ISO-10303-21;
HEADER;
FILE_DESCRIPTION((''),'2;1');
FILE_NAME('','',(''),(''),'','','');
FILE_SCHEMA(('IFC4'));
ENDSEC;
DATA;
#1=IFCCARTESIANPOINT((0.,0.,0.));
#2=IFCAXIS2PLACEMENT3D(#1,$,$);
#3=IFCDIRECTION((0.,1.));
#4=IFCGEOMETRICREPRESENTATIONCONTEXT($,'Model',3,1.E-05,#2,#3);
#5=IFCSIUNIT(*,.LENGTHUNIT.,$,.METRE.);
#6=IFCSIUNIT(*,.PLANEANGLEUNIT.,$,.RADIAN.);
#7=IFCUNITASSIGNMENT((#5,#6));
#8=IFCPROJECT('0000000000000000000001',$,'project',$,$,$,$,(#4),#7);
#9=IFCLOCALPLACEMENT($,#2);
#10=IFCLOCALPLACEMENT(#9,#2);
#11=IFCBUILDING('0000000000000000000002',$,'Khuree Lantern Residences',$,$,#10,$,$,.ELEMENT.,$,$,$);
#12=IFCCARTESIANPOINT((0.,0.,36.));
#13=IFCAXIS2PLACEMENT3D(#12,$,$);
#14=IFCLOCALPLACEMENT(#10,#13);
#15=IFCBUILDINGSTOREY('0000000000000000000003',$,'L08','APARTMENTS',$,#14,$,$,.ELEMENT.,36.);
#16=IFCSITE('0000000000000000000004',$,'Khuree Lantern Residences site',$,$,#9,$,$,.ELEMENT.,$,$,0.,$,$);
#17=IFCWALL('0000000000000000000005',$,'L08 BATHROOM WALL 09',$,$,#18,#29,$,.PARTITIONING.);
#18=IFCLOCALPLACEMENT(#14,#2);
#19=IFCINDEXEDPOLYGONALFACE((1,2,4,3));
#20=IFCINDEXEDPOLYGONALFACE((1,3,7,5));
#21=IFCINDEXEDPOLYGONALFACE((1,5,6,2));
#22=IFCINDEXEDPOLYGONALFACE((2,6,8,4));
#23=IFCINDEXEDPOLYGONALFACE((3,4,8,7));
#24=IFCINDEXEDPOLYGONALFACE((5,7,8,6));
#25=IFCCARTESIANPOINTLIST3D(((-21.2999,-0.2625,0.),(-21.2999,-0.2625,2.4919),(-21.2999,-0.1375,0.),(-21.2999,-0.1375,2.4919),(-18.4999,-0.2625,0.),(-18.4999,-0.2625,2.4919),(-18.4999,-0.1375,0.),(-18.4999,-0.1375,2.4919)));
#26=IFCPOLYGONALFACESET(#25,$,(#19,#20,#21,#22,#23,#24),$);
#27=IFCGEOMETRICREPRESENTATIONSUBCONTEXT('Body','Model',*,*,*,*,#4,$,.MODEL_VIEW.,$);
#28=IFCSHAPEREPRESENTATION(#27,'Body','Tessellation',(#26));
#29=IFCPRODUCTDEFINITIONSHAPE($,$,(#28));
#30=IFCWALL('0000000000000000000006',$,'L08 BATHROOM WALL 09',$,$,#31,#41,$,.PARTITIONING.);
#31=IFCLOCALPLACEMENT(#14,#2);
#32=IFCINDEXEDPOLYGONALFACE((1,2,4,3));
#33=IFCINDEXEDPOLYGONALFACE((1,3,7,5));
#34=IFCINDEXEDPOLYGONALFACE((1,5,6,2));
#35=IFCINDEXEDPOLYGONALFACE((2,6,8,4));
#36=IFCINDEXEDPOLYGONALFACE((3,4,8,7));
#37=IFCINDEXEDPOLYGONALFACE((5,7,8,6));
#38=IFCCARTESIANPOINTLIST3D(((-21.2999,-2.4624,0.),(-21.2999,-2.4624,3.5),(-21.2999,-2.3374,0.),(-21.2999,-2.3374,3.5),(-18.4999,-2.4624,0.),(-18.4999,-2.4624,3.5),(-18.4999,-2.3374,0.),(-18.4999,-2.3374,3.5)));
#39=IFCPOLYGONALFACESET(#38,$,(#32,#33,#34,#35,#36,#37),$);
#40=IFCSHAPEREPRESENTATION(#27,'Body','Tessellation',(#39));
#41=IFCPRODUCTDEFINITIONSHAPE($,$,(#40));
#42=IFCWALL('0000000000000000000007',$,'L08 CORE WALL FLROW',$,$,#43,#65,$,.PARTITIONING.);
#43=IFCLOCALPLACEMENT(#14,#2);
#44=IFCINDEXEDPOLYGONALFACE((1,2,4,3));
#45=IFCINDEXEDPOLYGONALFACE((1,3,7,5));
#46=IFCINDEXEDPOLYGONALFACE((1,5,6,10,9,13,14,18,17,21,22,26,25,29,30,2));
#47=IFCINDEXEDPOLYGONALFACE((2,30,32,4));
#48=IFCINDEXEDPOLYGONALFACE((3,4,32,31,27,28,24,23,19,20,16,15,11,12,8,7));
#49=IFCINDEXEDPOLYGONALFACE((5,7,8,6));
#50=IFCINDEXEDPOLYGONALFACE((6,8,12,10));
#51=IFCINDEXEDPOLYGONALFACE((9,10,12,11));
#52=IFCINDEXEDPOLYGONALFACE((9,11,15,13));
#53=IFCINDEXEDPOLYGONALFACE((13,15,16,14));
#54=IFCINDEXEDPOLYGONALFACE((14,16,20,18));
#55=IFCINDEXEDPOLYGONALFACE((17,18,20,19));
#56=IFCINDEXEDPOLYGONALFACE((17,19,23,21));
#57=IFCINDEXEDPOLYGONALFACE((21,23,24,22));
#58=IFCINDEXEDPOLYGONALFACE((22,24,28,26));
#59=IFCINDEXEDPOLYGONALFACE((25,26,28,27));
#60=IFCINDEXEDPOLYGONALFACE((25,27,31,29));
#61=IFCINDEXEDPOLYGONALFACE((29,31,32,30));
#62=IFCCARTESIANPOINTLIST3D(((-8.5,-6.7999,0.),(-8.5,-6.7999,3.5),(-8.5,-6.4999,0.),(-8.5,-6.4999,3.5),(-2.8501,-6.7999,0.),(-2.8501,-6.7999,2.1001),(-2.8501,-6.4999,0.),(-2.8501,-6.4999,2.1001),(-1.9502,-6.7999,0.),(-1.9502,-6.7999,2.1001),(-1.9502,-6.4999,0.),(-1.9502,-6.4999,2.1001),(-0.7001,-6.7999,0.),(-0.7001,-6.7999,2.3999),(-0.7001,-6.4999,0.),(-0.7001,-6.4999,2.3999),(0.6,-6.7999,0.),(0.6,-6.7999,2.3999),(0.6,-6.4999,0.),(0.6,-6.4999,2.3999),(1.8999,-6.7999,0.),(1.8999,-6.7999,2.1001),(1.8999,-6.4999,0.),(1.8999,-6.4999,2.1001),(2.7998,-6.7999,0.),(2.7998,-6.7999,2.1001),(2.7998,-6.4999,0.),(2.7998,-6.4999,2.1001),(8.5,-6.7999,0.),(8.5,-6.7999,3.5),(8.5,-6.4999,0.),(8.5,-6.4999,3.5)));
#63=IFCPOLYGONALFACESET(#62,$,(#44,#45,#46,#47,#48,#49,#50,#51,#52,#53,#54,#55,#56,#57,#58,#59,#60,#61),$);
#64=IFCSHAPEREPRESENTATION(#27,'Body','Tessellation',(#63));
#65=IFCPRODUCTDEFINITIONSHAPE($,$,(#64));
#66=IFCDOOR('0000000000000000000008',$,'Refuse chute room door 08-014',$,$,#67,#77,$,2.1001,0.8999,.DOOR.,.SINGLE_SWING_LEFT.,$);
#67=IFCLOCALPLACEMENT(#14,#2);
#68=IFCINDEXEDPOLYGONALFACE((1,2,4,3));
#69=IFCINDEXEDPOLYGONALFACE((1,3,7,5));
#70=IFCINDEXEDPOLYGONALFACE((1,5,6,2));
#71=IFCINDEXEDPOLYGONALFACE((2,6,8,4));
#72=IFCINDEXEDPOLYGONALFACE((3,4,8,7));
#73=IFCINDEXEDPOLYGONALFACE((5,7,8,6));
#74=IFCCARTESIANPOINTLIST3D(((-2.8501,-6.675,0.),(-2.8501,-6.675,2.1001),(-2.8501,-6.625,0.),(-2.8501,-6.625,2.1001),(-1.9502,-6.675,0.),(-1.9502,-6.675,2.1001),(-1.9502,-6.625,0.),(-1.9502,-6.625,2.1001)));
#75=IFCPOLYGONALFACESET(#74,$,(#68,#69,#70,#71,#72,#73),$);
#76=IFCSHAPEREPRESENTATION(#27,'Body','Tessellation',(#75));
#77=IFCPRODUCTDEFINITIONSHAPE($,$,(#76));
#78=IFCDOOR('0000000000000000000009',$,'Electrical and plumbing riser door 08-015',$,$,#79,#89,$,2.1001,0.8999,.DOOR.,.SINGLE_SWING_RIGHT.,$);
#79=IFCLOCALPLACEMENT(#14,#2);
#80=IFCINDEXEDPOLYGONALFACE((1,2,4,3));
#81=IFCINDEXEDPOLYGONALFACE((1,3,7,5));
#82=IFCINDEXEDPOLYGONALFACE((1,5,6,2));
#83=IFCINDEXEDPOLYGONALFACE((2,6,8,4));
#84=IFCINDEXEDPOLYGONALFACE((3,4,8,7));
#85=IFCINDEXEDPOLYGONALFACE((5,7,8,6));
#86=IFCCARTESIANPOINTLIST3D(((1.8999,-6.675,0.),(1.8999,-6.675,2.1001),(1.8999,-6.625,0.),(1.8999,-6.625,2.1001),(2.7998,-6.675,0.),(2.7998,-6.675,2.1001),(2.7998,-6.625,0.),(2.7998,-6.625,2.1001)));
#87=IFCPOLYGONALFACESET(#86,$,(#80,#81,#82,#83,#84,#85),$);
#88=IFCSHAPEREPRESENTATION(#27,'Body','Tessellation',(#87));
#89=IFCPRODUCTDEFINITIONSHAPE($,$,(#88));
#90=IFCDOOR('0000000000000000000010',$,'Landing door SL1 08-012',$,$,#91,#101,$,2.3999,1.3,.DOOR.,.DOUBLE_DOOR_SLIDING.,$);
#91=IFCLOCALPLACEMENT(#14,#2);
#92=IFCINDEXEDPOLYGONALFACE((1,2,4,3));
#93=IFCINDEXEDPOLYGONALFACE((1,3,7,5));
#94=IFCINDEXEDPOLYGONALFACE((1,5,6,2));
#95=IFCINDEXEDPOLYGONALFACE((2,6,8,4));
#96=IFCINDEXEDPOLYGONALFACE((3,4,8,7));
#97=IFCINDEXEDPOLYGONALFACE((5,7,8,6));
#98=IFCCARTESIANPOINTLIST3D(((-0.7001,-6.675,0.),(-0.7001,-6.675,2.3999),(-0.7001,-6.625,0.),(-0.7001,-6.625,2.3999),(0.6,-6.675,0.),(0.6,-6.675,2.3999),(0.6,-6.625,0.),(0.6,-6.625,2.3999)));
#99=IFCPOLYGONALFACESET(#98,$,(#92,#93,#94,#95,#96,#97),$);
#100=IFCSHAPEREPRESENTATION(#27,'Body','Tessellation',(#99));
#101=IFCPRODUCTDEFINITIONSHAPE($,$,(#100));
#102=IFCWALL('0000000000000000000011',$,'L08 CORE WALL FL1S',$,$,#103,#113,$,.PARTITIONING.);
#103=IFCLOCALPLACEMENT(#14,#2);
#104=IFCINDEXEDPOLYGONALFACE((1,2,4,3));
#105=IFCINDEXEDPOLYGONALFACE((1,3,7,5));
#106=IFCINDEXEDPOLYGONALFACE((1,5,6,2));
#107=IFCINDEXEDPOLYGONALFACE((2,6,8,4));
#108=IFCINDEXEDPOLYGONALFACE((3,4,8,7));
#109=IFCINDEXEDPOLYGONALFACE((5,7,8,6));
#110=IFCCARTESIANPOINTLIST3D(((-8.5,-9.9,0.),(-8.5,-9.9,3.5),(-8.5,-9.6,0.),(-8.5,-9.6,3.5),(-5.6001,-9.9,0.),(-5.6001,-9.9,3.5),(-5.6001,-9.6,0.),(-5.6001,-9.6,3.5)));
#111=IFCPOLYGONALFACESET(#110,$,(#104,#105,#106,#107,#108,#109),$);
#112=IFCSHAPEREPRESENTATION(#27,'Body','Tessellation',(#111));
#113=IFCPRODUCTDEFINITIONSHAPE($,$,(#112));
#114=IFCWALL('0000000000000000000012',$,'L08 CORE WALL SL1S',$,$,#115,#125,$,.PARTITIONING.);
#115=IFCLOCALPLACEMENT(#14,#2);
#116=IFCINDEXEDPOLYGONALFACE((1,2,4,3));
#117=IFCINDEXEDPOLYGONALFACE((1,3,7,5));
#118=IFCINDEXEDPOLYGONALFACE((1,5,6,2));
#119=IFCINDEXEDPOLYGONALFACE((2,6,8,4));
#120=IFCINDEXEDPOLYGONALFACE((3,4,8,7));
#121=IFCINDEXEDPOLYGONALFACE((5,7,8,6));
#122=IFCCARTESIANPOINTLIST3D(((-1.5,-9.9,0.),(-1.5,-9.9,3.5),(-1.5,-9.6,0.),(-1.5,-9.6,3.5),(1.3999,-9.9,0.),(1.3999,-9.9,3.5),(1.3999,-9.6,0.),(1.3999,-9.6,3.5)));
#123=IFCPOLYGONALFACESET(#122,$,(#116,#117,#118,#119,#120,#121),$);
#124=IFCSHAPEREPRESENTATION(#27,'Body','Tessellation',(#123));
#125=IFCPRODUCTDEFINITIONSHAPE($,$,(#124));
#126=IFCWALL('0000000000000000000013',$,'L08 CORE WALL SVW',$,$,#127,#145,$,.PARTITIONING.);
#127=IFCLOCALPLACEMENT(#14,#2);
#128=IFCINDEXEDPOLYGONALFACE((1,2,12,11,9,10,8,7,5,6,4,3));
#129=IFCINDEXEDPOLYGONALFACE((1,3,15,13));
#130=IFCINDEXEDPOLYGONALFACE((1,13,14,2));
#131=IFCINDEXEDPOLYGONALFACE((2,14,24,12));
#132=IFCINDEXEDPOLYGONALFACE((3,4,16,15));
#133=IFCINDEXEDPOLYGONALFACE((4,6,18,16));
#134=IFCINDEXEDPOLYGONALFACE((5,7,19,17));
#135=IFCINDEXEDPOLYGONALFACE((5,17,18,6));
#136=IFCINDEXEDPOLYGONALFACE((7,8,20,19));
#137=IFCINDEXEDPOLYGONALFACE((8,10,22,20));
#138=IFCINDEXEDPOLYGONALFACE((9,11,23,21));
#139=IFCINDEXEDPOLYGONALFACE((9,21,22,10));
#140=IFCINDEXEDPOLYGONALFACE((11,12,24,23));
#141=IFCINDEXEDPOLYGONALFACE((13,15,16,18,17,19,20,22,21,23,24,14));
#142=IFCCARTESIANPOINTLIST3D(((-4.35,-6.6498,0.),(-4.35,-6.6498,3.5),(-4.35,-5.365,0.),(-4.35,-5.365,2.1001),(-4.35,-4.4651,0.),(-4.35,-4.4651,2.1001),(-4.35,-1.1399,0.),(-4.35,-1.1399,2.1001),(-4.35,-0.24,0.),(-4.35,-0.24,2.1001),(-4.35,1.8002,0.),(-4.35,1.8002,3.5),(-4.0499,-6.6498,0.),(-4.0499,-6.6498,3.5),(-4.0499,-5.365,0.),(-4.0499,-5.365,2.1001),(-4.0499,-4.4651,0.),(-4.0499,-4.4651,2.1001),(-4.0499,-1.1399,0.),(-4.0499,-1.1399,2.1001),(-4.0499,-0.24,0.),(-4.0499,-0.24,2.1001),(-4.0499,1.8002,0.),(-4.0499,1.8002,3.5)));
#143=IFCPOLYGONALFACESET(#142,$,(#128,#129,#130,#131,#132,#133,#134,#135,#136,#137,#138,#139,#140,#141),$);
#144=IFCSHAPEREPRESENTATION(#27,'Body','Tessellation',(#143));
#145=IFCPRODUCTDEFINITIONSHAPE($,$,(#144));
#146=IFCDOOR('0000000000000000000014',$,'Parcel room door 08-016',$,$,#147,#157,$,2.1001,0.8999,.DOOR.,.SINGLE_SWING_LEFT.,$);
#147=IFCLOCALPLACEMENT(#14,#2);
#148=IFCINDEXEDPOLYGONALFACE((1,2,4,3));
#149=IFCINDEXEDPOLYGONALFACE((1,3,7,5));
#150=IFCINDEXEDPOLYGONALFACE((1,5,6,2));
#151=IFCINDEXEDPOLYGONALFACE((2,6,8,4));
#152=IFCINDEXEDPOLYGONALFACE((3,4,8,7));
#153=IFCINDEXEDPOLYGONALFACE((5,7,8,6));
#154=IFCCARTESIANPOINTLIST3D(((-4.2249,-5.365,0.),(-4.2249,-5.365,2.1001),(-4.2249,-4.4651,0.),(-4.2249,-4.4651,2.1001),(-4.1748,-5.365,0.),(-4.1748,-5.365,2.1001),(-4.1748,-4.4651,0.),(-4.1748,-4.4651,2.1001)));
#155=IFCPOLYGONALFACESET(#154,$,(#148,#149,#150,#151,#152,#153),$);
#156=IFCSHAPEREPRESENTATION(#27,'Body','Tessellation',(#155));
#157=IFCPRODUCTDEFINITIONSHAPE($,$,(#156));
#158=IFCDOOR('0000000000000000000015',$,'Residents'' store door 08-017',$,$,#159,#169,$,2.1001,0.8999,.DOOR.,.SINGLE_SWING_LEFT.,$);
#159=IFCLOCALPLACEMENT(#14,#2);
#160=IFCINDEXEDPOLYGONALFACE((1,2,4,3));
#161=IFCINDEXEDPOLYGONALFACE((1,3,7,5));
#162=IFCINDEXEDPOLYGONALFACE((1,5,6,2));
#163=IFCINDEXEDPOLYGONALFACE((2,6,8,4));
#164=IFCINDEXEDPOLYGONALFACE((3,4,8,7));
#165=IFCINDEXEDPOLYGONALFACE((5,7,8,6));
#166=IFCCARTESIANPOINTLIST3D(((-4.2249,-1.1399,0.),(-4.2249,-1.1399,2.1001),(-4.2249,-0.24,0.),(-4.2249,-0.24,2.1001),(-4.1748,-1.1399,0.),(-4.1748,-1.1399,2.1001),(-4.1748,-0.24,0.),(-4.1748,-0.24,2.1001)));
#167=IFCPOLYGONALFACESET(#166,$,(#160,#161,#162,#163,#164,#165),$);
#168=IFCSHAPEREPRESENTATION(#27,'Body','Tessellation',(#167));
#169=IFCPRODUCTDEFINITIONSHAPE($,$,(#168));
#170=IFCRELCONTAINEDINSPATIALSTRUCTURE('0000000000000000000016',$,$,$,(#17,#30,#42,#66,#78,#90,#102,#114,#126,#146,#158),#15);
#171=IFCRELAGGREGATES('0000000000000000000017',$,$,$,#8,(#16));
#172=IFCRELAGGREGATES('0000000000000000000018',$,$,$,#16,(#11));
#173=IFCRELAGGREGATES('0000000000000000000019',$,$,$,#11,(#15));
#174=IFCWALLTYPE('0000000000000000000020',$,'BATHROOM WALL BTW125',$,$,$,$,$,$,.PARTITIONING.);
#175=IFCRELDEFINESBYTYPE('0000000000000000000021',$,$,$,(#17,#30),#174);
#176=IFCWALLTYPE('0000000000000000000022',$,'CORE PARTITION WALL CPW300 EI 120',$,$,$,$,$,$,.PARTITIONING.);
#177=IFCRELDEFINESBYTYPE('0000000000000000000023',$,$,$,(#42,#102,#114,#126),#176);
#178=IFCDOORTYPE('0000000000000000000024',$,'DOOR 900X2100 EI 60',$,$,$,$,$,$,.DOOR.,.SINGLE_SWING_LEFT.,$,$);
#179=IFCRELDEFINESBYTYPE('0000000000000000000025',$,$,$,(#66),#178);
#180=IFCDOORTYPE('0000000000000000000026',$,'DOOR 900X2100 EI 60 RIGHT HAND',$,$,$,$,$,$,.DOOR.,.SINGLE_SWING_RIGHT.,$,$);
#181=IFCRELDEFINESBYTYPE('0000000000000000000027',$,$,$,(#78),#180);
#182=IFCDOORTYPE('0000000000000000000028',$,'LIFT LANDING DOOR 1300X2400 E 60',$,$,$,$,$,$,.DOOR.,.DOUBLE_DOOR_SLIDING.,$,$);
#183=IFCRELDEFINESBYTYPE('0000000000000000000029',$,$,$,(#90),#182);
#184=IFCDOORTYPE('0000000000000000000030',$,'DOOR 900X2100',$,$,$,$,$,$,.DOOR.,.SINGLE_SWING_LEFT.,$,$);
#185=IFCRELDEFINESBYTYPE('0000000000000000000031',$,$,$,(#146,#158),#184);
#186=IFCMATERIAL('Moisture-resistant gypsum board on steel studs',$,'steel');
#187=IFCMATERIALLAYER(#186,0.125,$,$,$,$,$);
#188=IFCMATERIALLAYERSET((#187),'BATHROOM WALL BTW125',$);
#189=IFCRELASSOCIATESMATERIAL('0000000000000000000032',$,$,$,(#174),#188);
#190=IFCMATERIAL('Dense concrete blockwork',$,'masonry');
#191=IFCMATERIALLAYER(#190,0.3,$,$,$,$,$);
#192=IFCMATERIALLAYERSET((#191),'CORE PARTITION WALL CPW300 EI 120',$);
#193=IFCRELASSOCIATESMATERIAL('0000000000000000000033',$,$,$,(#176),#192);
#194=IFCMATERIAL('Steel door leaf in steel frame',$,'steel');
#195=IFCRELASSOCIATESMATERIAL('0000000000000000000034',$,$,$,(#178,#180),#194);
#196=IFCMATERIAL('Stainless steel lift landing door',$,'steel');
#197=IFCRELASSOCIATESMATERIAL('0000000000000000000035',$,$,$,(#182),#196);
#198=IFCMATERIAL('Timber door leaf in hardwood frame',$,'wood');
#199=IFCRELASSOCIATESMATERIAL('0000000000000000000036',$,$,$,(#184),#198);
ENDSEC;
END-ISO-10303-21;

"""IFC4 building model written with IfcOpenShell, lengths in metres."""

from ifc_helpers import new_model, si_unit, direction, frame, frame_2d, origin, place, context, subcontext, project, spatial, rectangle, extrude, material, layer, layer_set, type_object, element, fill, save


model = new_model("IFC4")

# Units and contexts
model_context = context("Model", 3, precision=1e-05, world=origin(), true_north=direction((0.0, 1.0)))
body_context = subcontext(model_context, "Body", "Model", "MODEL_VIEW")
ifc_project = project(units=[si_unit("LENGTHUNIT", "METRE"), si_unit("PLANEANGLEUNIT", "RADIAN")], contexts=[model_context])

# Site, building, storey
site_placement = place(None, origin())
site = spatial("IfcSite", under=ifc_project, at=site_placement, Name="Khuree Lantern Residences site", CompositionType="ELEMENT", RefElevation=0.0)
building_placement = place(site_placement, origin())
building = spatial("IfcBuilding", under=site, at=building_placement, Name="Khuree Lantern Residences", CompositionType="ELEMENT")
storey_placement = place(building_placement, frame((0.0, 0.0, 36.0)))
storey = spatial("IfcBuildingStorey", under=building, at=storey_placement, Name="L08", Description="APARTMENTS", CompositionType="ELEMENT", Elevation=36.0)

# Walls
ifc_material_1 = material(Name="Moisture-resistant gypsum board on steel studs", Category="steel")
ifc_layer_1 = layer(ifc_material_1, 0.125)
ifc_layer_set_1 = layer_set([ifc_layer_1], Name="BATHROOM WALL BTW125")
wall_type_1 = type_object("IfcWallType", Name="BATHROOM WALL BTW125", PredefinedType="PARTITIONING", material=ifc_layer_set_1)
wall_1_placement = place(storey_placement, frame((-18.5, -0.2, 0.0), z_axis=(0.0, 0.0, 1.0), x_axis=(-1.0, 0.0, 0.0)))
element("IfcWall", 1, at=wall_1_placement, inside=storey, type_object=wall_type_1, Name="L08 BATHROOM WALL 09", PredefinedType="PARTITIONING", context=body_context, shape_type="SweptSolid", body=[
    extrude(rectangle(XDim=2.8, YDim=0.125, at=frame_2d((1.3999, 0.0))), origin(), (0.0, 0.0, 1.0), 2.4919),
])
wall_2_placement = place(storey_placement, frame((-18.5, -2.3999, 0.0), z_axis=(0.0, 0.0, 1.0), x_axis=(-1.0, 0.0, 0.0)))
element("IfcWall", 2, at=wall_2_placement, inside=storey, type_object=wall_type_1, Name="L08 BATHROOM WALL 09", PredefinedType="PARTITIONING", context=body_context, shape_type="SweptSolid", body=[
    extrude(rectangle(XDim=2.8, YDim=0.125, at=frame_2d((1.3999, 0.0))), origin(), (0.0, 0.0, 1.0), 3.5),
])

# Wall, openings, doors
ifc_material_2 = material(Name="Dense concrete blockwork", Category="masonry")
ifc_layer_2 = layer(ifc_material_2, 0.3)
ifc_layer_set_2 = layer_set([ifc_layer_2], Name="CORE PARTITION WALL CPW300 EI 120")
wall_type_2 = type_object("IfcWallType", Name="CORE PARTITION WALL CPW300 EI 120", PredefinedType="PARTITIONING", material=ifc_layer_set_2)
wall_3_placement = place(storey_placement, frame((-8.5, -6.6499, 0.0), z_axis=(0.0, 0.0, 1.0), x_axis=(1.0, 0.0, 0.0)))
wall_3 = element("IfcWall", 3, at=wall_3_placement, inside=storey, type_object=wall_type_2, Name="L08 CORE WALL FLROW", PredefinedType="PARTITIONING", context=body_context, shape_type="SweptSolid", body=[
    extrude(rectangle(XDim=17.0, YDim=0.3, at=frame_2d((8.5, 0.0))), origin(), (0.0, 0.0, 1.0), 3.5),
])
opening_1_placement = place(wall_3_placement, frame((7.8, 0.0, 0.0)))
opening_1 = element("IfcOpeningElement", 4, at=opening_1_placement, cuts=wall_3, PredefinedType="OPENING", context=body_context, shape_type="SweptSolid", body=[
    extrude(rectangle(XDim=1.3, YDim=2.3999, at=frame_2d((0.6499, 1.2))), frame((0.0, 0.1602, 0.0), z_axis=(0.0, -1.0, 0.0), x_axis=(1.0, 0.0, 0.0)), (0.0, 0.0, 1.0), 0.3201),
])
opening_2_placement = place(wall_3_placement, frame((5.6499, 0.0, 0.0)))
opening_2 = element("IfcOpeningElement", 5, at=opening_2_placement, cuts=wall_3, PredefinedType="OPENING", context=body_context, shape_type="SweptSolid", body=[
    extrude(rectangle(XDim=0.8999, YDim=2.1001, at=frame_2d((0.45, 1.05))), frame((0.0, 0.1602, 0.0), z_axis=(0.0, -1.0, 0.0), x_axis=(1.0, 0.0, 0.0)), (0.0, 0.0, 1.0), 0.3201),
])
opening_3_placement = place(wall_3_placement, frame((10.3999, 0.0, 0.0)))
opening_3 = element("IfcOpeningElement", 6, at=opening_3_placement, cuts=wall_3, PredefinedType="OPENING", context=body_context, shape_type="SweptSolid", body=[
    extrude(rectangle(XDim=0.8999, YDim=2.1001, at=frame_2d((0.45, 1.05))), frame((0.0, 0.1602, 0.0), z_axis=(0.0, -1.0, 0.0), x_axis=(1.0, 0.0, 0.0)), (0.0, 0.0, 1.0), 0.3201),
])
ifc_material_3 = material(Name="Steel door leaf in steel frame", Category="steel")
door_type_1 = type_object("IfcDoorType", Name="DOOR 900X2100 EI 60", OperationType="SINGLE_SWING_LEFT", PredefinedType="DOOR", material=ifc_material_3)
door_1_placement = place(opening_2_placement, origin())
door_1 = element("IfcDoor", 7, at=door_1_placement, inside=storey, type_object=door_type_1, Name="Refuse chute room door 08-014", OperationType="SINGLE_SWING_LEFT", OverallHeight=2.1001, OverallWidth=0.8999, PredefinedType="DOOR", context=body_context, shape_type="SweptSolid", body=[
    extrude(rectangle(XDim=0.8999, YDim=2.1001, at=frame_2d((0.45, 1.05))), frame((0.0, 0.0249, 0.0), z_axis=(0.0, -1.0, 0.0), x_axis=(1.0, 0.0, 0.0)), (0.0, 0.0, 1.0), 0.05),
])
fill(opening_2, door_1)
door_type_2 = type_object("IfcDoorType", Name="DOOR 900X2100 EI 60 RIGHT HAND", OperationType="SINGLE_SWING_RIGHT", PredefinedType="DOOR", material=ifc_material_3)
door_2_placement = place(opening_3_placement, origin())
door_2 = element("IfcDoor", 8, at=door_2_placement, inside=storey, type_object=door_type_2, Name="Electrical and plumbing riser door 08-015", OperationType="SINGLE_SWING_RIGHT", OverallHeight=2.1001, OverallWidth=0.8999, PredefinedType="DOOR", context=body_context, shape_type="SweptSolid", body=[
    extrude(rectangle(XDim=0.8999, YDim=2.1001, at=frame_2d((0.45, 1.05))), frame((0.0, 0.0249, 0.0), z_axis=(0.0, -1.0, 0.0), x_axis=(1.0, 0.0, 0.0)), (0.0, 0.0, 1.0), 0.05),
])
fill(opening_3, door_2)
ifc_material_4 = material(Name="Stainless steel lift landing door", Category="steel")
door_type_3 = type_object("IfcDoorType", Name="LIFT LANDING DOOR 1300X2400 E 60", OperationType="DOUBLE_DOOR_SLIDING", PredefinedType="DOOR", material=ifc_material_4)
door_3_placement = place(opening_1_placement, origin())
door_3 = element("IfcDoor", 9, at=door_3_placement, inside=storey, type_object=door_type_3, Name="Landing door SL1 08-012", OperationType="DOUBLE_DOOR_SLIDING", OverallHeight=2.3999, OverallWidth=1.3, PredefinedType="DOOR", context=body_context, shape_type="SweptSolid", body=[
    extrude(rectangle(XDim=1.3, YDim=2.3999, at=frame_2d((0.6499, 1.2))), frame((0.0, 0.0249, 0.0), z_axis=(0.0, -1.0, 0.0), x_axis=(1.0, 0.0, 0.0)), (0.0, 0.0, 1.0), 0.05),
])
fill(opening_1, door_3)

# Walls
for number, where, z_axis, x_axis, name in (
    (10, (-8.5, -9.75, 0.0), (0.0, 0.0, 1.0), (1.0, 0.0, 0.0), "L08 CORE WALL FL1S"),
    (11, (-1.5, -9.75, 0.0), (0.0, 0.0, 1.0), (1.0, 0.0, 0.0), "L08 CORE WALL SL1S"),
):
    element("IfcWall", number, at=place(storey_placement, frame(where, z_axis=z_axis, x_axis=x_axis)), inside=storey, type_object=wall_type_2, Name=name, PredefinedType="PARTITIONING", context=body_context, shape_type="SweptSolid", body=[
        extrude(rectangle(XDim=2.8999, YDim=0.3, at=frame_2d((1.45, 0.0))), origin(), (0.0, 0.0, 1.0), 3.5),
    ])

# Wall, openings, doors
wall_4_placement = place(storey_placement, frame((-4.2, -6.6499, 0.0), z_axis=(0.0, 0.0, 1.0), x_axis=(0.0, 1.0, 0.0)))
wall_4 = element("IfcWall", 12, at=wall_4_placement, inside=storey, type_object=wall_type_2, Name="L08 CORE WALL SVW", PredefinedType="PARTITIONING", context=body_context, shape_type="SweptSolid", body=[
    extrude(rectangle(XDim=8.45, YDim=0.3, at=frame_2d((4.2251, 0.0))), origin(), (0.0, 0.0, 1.0), 3.5),
])
opening_4_placement = place(wall_4_placement, frame((1.2849, 0.0, 0.0)))
opening_4 = element("IfcOpeningElement", 13, at=opening_4_placement, cuts=wall_4, PredefinedType="OPENING", context=body_context, shape_type="SweptSolid", body=[
    extrude(rectangle(XDim=0.8999, YDim=2.1001, at=frame_2d((0.45, 1.05))), frame((0.0, 0.1602, 0.0), z_axis=(0.0, -1.0, 0.0), x_axis=(1.0, 0.0, 0.0)), (0.0, 0.0, 1.0), 0.3201),
])
opening_5_placement = place(wall_4_placement, frame((5.51, 0.0, 0.0)))
opening_5 = element("IfcOpeningElement", 14, at=opening_5_placement, cuts=wall_4, PredefinedType="OPENING", context=body_context, shape_type="SweptSolid", body=[
    extrude(rectangle(XDim=0.8999, YDim=2.1001, at=frame_2d((0.45, 1.05))), frame((0.0, 0.1602, 0.0), z_axis=(0.0, -1.0, 0.0), x_axis=(1.0, 0.0, 0.0)), (0.0, 0.0, 1.0), 0.3201),
])
ifc_material_5 = material(Name="Timber door leaf in hardwood frame", Category="wood")
door_type_4 = type_object("IfcDoorType", Name="DOOR 900X2100", OperationType="SINGLE_SWING_LEFT", PredefinedType="DOOR", material=ifc_material_5)
door_4_placement = place(opening_4_placement, origin())
door_4 = element("IfcDoor", 15, at=door_4_placement, inside=storey, type_object=door_type_4, Name="Parcel room door 08-016", OperationType="SINGLE_SWING_LEFT", OverallHeight=2.1001, OverallWidth=0.8999, PredefinedType="DOOR", context=body_context, shape_type="SweptSolid", body=[
    extrude(rectangle(XDim=0.8999, YDim=2.1001, at=frame_2d((0.45, 1.05))), frame((0.0, 0.0249, 0.0), z_axis=(0.0, -1.0, 0.0), x_axis=(1.0, 0.0, 0.0)), (0.0, 0.0, 1.0), 0.05),
])
fill(opening_4, door_4)
door_5_placement = place(opening_5_placement, origin())
door_5 = element("IfcDoor", 16, at=door_5_placement, inside=storey, type_object=door_type_4, Name="Residents' store door 08-017", OperationType="SINGLE_SWING_LEFT", OverallHeight=2.1001, OverallWidth=0.8999, PredefinedType="DOOR", context=body_context, shape_type="SweptSolid", body=[
    extrude(rectangle(XDim=0.8999, YDim=2.1001, at=frame_2d((0.45, 1.05))), frame((0.0, 0.0249, 0.0), z_axis=(0.0, -1.0, 0.0), x_axis=(1.0, 0.0, 0.0)), (0.0, 0.0, 1.0), 0.05),
])
fill(opening_5, door_5)

save(model, "model.ifc")
